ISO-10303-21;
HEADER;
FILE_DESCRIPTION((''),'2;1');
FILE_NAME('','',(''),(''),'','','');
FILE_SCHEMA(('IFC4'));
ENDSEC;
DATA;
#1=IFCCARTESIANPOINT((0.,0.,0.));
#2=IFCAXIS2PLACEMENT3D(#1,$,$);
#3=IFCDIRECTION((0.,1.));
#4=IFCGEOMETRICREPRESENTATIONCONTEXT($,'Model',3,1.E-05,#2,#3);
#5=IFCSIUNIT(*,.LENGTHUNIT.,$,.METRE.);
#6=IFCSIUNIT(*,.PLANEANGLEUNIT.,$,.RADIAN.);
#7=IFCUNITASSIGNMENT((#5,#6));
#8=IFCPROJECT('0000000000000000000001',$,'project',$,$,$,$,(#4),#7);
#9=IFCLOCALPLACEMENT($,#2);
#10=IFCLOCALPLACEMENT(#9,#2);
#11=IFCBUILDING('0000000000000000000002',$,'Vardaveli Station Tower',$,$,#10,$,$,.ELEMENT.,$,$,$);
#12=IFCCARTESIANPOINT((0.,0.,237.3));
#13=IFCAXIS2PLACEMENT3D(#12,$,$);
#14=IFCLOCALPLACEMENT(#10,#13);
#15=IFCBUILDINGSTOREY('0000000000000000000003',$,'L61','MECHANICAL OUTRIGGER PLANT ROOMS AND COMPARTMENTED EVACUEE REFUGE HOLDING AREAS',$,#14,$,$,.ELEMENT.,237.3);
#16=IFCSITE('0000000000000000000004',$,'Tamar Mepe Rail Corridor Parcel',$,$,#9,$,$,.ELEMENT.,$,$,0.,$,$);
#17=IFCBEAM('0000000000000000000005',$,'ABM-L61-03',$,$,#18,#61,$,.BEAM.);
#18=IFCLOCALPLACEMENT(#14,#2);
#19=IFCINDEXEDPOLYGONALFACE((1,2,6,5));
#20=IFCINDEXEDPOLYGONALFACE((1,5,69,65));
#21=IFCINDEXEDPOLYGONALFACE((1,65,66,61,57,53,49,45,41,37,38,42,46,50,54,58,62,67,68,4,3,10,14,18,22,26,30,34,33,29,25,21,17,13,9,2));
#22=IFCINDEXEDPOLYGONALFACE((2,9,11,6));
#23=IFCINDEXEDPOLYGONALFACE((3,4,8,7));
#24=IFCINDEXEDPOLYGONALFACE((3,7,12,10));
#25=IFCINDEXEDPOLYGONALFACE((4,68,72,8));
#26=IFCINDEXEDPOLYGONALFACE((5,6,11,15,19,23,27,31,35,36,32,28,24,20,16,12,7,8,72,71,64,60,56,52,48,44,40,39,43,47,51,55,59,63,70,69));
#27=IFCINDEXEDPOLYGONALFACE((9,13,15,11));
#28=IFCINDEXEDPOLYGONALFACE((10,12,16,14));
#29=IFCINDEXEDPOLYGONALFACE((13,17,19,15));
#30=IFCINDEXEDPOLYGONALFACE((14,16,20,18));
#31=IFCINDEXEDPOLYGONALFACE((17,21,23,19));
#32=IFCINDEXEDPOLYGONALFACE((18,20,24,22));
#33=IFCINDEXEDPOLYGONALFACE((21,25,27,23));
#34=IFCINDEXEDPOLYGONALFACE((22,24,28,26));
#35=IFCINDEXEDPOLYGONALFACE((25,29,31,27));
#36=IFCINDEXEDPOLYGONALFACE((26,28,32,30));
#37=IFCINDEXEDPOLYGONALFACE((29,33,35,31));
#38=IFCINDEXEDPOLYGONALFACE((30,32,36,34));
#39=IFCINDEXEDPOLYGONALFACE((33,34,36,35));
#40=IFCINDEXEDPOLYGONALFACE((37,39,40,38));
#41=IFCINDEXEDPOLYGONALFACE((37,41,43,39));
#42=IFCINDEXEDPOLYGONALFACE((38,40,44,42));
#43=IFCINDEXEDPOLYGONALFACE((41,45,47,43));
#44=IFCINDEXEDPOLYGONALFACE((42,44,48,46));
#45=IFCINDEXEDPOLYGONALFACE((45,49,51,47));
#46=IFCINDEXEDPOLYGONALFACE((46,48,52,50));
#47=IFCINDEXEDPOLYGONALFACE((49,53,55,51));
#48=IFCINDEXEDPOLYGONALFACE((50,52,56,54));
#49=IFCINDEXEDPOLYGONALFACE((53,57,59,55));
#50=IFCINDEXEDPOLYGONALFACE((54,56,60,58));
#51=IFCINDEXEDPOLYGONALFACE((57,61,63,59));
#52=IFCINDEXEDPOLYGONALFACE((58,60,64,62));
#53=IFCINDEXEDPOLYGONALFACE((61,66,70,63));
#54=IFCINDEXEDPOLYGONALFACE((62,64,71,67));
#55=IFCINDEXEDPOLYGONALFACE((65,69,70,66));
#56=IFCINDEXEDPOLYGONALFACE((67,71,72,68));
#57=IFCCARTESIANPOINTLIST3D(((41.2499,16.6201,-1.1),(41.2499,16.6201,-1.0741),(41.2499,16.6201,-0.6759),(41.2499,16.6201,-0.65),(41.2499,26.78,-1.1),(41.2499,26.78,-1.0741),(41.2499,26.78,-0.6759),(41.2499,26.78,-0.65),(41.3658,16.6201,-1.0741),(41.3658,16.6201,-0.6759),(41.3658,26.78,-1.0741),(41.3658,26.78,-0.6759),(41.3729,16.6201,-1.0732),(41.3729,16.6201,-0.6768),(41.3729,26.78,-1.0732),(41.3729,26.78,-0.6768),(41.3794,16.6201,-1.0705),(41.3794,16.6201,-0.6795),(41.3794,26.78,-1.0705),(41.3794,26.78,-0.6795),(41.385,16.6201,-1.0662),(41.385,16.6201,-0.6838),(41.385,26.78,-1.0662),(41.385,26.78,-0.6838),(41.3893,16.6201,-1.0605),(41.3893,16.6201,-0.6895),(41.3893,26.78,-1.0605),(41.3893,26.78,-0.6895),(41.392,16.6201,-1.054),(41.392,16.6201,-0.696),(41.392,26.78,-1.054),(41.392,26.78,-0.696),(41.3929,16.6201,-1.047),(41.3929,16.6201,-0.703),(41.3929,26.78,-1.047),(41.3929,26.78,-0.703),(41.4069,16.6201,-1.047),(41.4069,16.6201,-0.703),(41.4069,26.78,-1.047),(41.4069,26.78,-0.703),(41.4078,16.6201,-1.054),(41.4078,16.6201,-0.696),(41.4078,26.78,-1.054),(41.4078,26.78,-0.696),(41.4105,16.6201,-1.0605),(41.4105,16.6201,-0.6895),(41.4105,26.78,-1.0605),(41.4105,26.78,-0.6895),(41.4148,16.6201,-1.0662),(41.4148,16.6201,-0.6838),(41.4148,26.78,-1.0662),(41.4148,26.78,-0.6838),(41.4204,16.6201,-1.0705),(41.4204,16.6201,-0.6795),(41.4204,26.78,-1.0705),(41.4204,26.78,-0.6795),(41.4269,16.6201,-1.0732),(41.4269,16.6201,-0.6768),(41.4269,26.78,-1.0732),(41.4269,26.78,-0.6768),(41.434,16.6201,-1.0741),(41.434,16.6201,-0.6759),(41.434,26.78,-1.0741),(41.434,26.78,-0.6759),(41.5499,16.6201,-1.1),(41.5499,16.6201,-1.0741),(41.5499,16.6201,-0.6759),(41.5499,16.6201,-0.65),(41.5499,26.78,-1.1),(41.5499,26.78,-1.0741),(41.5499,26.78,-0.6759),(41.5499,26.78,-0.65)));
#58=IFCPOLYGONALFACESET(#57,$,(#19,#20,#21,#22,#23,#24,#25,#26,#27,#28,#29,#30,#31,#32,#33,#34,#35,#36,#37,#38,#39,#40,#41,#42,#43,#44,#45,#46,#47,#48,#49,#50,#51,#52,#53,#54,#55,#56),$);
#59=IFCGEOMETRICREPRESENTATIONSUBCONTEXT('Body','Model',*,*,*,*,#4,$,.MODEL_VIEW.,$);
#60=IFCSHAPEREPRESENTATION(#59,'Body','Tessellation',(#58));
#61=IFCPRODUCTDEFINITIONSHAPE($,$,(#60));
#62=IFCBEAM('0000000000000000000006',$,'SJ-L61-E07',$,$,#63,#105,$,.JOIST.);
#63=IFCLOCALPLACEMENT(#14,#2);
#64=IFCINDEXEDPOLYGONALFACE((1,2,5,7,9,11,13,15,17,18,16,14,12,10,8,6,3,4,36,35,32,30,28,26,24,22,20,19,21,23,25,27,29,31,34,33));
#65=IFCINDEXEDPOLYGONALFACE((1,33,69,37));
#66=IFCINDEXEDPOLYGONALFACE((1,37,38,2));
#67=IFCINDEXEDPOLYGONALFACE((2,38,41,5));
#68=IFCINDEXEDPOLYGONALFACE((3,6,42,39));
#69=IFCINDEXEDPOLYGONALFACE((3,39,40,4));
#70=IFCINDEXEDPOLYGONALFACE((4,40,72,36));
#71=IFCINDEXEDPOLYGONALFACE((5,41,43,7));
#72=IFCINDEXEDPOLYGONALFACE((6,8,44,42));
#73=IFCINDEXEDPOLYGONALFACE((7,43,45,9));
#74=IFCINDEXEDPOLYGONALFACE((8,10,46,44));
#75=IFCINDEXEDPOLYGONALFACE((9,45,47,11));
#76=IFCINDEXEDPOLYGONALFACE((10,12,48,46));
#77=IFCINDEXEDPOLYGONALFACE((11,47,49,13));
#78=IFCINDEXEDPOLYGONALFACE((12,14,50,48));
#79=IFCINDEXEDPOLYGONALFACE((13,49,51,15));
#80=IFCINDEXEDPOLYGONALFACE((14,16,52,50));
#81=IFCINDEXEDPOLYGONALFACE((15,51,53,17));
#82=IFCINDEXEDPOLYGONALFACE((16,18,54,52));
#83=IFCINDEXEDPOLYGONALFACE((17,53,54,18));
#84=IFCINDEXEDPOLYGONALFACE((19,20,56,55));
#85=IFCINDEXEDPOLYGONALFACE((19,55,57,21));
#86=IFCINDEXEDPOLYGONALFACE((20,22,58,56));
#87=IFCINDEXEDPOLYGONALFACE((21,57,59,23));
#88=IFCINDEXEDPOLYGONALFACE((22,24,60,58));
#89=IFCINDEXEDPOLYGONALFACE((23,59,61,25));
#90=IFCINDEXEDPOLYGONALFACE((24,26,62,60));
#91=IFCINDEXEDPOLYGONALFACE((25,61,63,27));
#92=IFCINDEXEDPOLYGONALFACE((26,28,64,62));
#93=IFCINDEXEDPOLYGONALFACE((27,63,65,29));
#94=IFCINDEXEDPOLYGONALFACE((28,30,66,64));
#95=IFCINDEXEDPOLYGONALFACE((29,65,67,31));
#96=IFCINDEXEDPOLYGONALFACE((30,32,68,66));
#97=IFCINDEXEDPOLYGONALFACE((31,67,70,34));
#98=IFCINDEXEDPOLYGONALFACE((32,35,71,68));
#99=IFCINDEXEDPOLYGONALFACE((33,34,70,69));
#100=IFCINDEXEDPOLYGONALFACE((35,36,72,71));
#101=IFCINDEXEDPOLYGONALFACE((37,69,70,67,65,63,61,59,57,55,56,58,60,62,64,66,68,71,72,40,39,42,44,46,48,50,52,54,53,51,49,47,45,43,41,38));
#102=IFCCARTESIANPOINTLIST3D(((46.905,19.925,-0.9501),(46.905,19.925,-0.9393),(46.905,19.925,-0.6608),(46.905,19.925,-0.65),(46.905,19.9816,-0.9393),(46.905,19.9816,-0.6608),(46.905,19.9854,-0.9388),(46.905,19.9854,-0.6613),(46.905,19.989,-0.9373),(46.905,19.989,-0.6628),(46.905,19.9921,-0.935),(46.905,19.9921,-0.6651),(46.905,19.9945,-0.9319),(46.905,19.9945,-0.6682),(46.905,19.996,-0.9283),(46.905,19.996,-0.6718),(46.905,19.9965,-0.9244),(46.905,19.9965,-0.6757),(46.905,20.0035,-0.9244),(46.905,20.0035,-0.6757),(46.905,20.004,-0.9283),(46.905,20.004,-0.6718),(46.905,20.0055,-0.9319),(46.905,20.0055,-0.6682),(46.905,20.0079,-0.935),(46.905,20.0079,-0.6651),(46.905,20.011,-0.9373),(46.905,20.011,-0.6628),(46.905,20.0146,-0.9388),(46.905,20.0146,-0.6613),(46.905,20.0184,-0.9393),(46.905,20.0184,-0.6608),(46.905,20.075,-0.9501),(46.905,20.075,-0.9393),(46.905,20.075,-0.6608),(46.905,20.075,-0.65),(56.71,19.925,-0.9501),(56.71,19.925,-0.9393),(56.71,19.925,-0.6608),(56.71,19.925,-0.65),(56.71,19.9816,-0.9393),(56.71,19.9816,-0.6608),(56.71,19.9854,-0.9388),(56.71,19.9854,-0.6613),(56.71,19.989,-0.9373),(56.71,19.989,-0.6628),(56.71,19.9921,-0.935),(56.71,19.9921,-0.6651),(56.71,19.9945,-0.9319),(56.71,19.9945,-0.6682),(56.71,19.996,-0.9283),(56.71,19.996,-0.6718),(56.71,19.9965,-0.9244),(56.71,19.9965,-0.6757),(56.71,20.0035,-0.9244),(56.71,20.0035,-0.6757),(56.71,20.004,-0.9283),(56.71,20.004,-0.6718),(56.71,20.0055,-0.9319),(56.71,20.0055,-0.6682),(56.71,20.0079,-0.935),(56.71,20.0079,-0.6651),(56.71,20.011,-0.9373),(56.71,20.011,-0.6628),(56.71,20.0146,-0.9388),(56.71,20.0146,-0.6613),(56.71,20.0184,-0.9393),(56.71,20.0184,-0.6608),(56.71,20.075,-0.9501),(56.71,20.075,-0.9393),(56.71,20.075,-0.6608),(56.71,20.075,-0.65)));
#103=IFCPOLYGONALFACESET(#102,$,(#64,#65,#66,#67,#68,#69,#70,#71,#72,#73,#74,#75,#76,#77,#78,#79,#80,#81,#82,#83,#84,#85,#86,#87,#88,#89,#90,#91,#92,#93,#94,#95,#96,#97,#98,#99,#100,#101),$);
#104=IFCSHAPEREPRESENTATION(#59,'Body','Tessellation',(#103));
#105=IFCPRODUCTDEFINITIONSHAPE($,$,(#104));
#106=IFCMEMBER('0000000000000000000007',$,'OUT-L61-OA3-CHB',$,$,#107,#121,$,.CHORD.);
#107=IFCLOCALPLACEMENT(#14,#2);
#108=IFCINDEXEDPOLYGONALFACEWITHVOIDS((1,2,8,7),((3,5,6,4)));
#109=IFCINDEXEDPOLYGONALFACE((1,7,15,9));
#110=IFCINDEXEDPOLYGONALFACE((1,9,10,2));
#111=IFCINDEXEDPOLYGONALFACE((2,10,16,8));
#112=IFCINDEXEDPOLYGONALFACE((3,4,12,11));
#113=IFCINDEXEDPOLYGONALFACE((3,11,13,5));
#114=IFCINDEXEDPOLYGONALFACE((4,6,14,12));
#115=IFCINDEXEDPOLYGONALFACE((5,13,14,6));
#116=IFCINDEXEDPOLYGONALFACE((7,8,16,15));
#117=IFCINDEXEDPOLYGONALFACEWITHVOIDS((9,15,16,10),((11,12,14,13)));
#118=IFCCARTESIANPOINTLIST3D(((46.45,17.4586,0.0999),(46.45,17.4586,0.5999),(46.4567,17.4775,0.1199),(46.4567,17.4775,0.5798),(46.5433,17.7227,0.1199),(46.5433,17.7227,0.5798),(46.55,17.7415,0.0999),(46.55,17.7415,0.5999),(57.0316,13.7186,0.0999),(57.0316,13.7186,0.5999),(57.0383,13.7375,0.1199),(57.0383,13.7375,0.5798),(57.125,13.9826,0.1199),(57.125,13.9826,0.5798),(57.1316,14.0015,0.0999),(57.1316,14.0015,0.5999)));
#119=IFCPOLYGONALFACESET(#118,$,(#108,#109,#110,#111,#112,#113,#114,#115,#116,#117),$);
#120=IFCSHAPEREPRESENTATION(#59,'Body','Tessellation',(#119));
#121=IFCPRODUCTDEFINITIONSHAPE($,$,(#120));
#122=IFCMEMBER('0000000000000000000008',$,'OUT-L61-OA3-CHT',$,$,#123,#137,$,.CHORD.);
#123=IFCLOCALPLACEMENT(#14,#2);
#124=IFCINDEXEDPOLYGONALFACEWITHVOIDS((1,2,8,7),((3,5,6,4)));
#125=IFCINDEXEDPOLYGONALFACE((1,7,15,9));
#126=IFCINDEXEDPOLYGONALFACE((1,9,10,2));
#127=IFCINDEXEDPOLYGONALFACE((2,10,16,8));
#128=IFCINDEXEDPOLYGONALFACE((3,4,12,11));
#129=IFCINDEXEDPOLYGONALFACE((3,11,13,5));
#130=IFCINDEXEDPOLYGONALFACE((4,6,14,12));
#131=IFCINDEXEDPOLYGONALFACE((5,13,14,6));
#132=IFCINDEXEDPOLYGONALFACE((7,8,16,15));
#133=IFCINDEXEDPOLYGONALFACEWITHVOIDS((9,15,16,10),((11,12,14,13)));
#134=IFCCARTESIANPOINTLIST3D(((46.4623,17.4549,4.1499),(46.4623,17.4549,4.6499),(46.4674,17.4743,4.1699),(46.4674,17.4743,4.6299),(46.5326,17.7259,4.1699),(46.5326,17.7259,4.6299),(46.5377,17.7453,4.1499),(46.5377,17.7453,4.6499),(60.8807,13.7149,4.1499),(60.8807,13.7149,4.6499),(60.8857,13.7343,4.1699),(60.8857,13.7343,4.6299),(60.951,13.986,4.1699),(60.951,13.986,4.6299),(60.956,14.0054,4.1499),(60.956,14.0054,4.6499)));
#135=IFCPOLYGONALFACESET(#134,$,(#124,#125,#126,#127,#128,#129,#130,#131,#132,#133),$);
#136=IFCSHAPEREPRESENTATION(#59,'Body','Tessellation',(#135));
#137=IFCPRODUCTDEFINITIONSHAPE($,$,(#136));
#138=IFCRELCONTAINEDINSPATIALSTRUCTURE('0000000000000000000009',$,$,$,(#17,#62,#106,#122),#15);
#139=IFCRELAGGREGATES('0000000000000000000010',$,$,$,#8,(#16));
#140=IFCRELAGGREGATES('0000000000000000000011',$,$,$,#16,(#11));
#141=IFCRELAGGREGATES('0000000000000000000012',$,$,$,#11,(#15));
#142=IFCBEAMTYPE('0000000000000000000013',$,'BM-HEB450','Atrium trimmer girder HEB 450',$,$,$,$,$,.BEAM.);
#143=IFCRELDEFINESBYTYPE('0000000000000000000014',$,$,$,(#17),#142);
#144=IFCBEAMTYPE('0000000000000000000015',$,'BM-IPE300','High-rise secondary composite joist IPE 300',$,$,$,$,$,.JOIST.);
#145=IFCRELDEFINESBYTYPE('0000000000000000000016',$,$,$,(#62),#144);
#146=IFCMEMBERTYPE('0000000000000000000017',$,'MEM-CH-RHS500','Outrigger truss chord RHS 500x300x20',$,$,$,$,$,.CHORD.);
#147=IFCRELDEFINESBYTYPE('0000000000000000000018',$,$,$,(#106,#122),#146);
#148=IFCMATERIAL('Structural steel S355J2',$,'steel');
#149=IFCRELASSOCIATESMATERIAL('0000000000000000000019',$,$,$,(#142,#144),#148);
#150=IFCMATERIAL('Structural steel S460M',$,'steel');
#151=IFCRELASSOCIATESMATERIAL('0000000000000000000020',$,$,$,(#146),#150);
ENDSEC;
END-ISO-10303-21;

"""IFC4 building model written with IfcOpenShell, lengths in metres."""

from ifc_helpers import new_model, si_unit, direction, frame, origin, origin_2d, place, context, subcontext, project, spatial, hollow_rectangle, i_section, extrude, source, transform, mapped, material, material_profile, profile_set, type_object, element, save


model = new_model("IFC4")

# Units and contexts
model_context = context("Model", 3, precision=1e-05, world=origin(), true_north=direction((0.0, 1.0)))
body_context = subcontext(model_context, "Body", "Model", "MODEL_VIEW")
ifc_project = project(units=[si_unit("LENGTHUNIT", "METRE"), si_unit("PLANEANGLEUNIT", "RADIAN")], contexts=[model_context])

# Site, building, storey
site_placement = place(None, origin())
site = spatial("IfcSite", under=ifc_project, at=site_placement, Name="Tamar Mepe Rail Corridor Parcel", CompositionType="ELEMENT", RefElevation=0.0)
building_placement = place(site_placement, origin())
building = spatial("IfcBuilding", under=site, at=building_placement, Name="Vardaveli Station Tower", CompositionType="ELEMENT")
storey_placement = place(building_placement, frame((0.0, 0.0, 237.3)))
storey = spatial("IfcBuildingStorey", under=building, at=storey_placement, Name="L61", Description="MECHANICAL OUTRIGGER PLANT ROOMS AND COMPARTMENTED EVACUEE REFUGE HOLDING AREAS", CompositionType="ELEMENT", Elevation=237.3)

# Beams
ifc_material_1 = material(Name="Structural steel S355J2", Category="steel")
ifc_material_profile_1 = material_profile(ifc_material_1, i_section(OverallWidth=0.3, OverallDepth=0.45, WebThickness=0.0139, FlangeThickness=0.0259, FilletRadius=0.0271, at=origin_2d()), Name="HEB 450")
ifc_profile_set_1 = profile_set([ifc_material_profile_1], Name="Structural steel S355J2")
beam_type_1 = type_object("IfcBeamType", Name="BM-HEB450", Description="Atrium trimmer girder HEB 450", PredefinedType="BEAM", material=ifc_profile_set_1)
shared_shape_1 = source(origin(), body_context, "Body", "SweptSolid", [
    extrude(i_section(OverallWidth=0.3, OverallDepth=0.45, WebThickness=0.0139, FlangeThickness=0.0259, FilletRadius=0.0271, at=origin_2d()), origin(), (0.0, 0.0, 1.0), 10.1599),
])
beam_1_placement = place(storey_placement, frame((41.3999, 16.6201, -0.875), z_axis=(0.0, 1.0, 0.0), x_axis=(-1.0, 0.0, 0.0)))
element("IfcBeam", 1, at=beam_1_placement, inside=storey, type_object=beam_type_1, Name="ABM-L61-03", PredefinedType="BEAM", context=body_context, shape_type="MappedRepresentation", body=[
    mapped(shared_shape_1, transform((0.0, 0.0, 0.0), scale=1.0)),
])
ifc_material_profile_2 = material_profile(ifc_material_1, i_section(OverallWidth=0.1499, OverallDepth=0.3, WebThickness=0.0071, FlangeThickness=0.0107, FilletRadius=0.0149, at=origin_2d()), Name="IPE 300")
ifc_profile_set_2 = profile_set([ifc_material_profile_2], Name="Structural steel S355J2")
beam_type_2 = type_object("IfcBeamType", Name="BM-IPE300", Description="High-rise secondary composite joist IPE 300", PredefinedType="JOIST", material=ifc_profile_set_2)
shared_shape_2 = source(origin(), body_context, "Body", "SweptSolid", [
    extrude(i_section(OverallWidth=0.1499, OverallDepth=0.3, WebThickness=0.0071, FlangeThickness=0.0107, FilletRadius=0.0149, at=origin_2d()), origin(), (0.0, 0.0, 1.0), 9.8049),
])
beam_2_placement = place(storey_placement, frame((46.905, 20.0, -0.8), z_axis=(1.0, 0.0, 0.0), x_axis=(0.0, 1.0, 0.0)))
element("IfcBeam", 2, at=beam_2_placement, inside=storey, type_object=beam_type_2, Name="SJ-L61-E07", PredefinedType="JOIST", context=body_context, shape_type="MappedRepresentation", body=[
    mapped(shared_shape_2, transform((0.0, 0.0, 0.0), scale=1.0)),
])

# Members
ifc_material_2 = material(Name="Structural steel S460M", Category="steel")
ifc_material_profile_3 = material_profile(ifc_material_2, hollow_rectangle(XDim=0.3, YDim=0.5, WallThickness=0.02, at=origin_2d()), Name="RHS 500x300x20")
ifc_profile_set_3 = profile_set([ifc_material_profile_3], Name="Structural steel S460M")
member_type_1 = type_object("IfcMemberType", Name="MEM-CH-RHS500", Description="Outrigger truss chord RHS 500x300x20", PredefinedType="CHORD", material=ifc_profile_set_3)
shared_shape_3 = source(origin(), body_context, "Body", "SweptSolid", [
    extrude(hollow_rectangle(XDim=0.3, YDim=0.5, WallThickness=0.02, at=origin_2d()), origin(), (0.0, 0.0, 1.0), 11.2231),
])
member_1_placement = place(storey_placement, frame((46.5, 17.6001, 0.3499), z_axis=(0.942841, -0.333242, 0.0), x_axis=(0.333242, 0.942841, 0.0)))
element("IfcMember", 3, at=member_1_placement, inside=storey, type_object=member_type_1, Name="OUT-L61-OA3-CHB", PredefinedType="CHORD", context=body_context, shape_type="MappedRepresentation", body=[
    mapped(shared_shape_3, transform((0.0, 0.0, 0.0), scale=1.0)),
])
shared_shape_4 = source(origin(), body_context, "Body", "SweptSolid", [
    extrude(hollow_rectangle(XDim=0.3, YDim=0.5, WallThickness=0.02, at=origin_2d()), origin(), (0.0, 0.0, 1.0), 14.8955),
])
member_2_placement = place(storey_placement, frame((46.5, 17.6001, 4.3999), z_axis=(0.967966, -0.25108, 0.0), x_axis=(0.25108, 0.967966, 0.0)))
element("IfcMember", 4, at=member_2_placement, inside=storey, type_object=member_type_1, Name="OUT-L61-OA3-CHT", PredefinedType="CHORD", context=body_context, shape_type="MappedRepresentation", body=[
    mapped(shared_shape_4, transform((0.0, 0.0, 0.0), scale=1.0)),
])

save(model, "model.ifc")
